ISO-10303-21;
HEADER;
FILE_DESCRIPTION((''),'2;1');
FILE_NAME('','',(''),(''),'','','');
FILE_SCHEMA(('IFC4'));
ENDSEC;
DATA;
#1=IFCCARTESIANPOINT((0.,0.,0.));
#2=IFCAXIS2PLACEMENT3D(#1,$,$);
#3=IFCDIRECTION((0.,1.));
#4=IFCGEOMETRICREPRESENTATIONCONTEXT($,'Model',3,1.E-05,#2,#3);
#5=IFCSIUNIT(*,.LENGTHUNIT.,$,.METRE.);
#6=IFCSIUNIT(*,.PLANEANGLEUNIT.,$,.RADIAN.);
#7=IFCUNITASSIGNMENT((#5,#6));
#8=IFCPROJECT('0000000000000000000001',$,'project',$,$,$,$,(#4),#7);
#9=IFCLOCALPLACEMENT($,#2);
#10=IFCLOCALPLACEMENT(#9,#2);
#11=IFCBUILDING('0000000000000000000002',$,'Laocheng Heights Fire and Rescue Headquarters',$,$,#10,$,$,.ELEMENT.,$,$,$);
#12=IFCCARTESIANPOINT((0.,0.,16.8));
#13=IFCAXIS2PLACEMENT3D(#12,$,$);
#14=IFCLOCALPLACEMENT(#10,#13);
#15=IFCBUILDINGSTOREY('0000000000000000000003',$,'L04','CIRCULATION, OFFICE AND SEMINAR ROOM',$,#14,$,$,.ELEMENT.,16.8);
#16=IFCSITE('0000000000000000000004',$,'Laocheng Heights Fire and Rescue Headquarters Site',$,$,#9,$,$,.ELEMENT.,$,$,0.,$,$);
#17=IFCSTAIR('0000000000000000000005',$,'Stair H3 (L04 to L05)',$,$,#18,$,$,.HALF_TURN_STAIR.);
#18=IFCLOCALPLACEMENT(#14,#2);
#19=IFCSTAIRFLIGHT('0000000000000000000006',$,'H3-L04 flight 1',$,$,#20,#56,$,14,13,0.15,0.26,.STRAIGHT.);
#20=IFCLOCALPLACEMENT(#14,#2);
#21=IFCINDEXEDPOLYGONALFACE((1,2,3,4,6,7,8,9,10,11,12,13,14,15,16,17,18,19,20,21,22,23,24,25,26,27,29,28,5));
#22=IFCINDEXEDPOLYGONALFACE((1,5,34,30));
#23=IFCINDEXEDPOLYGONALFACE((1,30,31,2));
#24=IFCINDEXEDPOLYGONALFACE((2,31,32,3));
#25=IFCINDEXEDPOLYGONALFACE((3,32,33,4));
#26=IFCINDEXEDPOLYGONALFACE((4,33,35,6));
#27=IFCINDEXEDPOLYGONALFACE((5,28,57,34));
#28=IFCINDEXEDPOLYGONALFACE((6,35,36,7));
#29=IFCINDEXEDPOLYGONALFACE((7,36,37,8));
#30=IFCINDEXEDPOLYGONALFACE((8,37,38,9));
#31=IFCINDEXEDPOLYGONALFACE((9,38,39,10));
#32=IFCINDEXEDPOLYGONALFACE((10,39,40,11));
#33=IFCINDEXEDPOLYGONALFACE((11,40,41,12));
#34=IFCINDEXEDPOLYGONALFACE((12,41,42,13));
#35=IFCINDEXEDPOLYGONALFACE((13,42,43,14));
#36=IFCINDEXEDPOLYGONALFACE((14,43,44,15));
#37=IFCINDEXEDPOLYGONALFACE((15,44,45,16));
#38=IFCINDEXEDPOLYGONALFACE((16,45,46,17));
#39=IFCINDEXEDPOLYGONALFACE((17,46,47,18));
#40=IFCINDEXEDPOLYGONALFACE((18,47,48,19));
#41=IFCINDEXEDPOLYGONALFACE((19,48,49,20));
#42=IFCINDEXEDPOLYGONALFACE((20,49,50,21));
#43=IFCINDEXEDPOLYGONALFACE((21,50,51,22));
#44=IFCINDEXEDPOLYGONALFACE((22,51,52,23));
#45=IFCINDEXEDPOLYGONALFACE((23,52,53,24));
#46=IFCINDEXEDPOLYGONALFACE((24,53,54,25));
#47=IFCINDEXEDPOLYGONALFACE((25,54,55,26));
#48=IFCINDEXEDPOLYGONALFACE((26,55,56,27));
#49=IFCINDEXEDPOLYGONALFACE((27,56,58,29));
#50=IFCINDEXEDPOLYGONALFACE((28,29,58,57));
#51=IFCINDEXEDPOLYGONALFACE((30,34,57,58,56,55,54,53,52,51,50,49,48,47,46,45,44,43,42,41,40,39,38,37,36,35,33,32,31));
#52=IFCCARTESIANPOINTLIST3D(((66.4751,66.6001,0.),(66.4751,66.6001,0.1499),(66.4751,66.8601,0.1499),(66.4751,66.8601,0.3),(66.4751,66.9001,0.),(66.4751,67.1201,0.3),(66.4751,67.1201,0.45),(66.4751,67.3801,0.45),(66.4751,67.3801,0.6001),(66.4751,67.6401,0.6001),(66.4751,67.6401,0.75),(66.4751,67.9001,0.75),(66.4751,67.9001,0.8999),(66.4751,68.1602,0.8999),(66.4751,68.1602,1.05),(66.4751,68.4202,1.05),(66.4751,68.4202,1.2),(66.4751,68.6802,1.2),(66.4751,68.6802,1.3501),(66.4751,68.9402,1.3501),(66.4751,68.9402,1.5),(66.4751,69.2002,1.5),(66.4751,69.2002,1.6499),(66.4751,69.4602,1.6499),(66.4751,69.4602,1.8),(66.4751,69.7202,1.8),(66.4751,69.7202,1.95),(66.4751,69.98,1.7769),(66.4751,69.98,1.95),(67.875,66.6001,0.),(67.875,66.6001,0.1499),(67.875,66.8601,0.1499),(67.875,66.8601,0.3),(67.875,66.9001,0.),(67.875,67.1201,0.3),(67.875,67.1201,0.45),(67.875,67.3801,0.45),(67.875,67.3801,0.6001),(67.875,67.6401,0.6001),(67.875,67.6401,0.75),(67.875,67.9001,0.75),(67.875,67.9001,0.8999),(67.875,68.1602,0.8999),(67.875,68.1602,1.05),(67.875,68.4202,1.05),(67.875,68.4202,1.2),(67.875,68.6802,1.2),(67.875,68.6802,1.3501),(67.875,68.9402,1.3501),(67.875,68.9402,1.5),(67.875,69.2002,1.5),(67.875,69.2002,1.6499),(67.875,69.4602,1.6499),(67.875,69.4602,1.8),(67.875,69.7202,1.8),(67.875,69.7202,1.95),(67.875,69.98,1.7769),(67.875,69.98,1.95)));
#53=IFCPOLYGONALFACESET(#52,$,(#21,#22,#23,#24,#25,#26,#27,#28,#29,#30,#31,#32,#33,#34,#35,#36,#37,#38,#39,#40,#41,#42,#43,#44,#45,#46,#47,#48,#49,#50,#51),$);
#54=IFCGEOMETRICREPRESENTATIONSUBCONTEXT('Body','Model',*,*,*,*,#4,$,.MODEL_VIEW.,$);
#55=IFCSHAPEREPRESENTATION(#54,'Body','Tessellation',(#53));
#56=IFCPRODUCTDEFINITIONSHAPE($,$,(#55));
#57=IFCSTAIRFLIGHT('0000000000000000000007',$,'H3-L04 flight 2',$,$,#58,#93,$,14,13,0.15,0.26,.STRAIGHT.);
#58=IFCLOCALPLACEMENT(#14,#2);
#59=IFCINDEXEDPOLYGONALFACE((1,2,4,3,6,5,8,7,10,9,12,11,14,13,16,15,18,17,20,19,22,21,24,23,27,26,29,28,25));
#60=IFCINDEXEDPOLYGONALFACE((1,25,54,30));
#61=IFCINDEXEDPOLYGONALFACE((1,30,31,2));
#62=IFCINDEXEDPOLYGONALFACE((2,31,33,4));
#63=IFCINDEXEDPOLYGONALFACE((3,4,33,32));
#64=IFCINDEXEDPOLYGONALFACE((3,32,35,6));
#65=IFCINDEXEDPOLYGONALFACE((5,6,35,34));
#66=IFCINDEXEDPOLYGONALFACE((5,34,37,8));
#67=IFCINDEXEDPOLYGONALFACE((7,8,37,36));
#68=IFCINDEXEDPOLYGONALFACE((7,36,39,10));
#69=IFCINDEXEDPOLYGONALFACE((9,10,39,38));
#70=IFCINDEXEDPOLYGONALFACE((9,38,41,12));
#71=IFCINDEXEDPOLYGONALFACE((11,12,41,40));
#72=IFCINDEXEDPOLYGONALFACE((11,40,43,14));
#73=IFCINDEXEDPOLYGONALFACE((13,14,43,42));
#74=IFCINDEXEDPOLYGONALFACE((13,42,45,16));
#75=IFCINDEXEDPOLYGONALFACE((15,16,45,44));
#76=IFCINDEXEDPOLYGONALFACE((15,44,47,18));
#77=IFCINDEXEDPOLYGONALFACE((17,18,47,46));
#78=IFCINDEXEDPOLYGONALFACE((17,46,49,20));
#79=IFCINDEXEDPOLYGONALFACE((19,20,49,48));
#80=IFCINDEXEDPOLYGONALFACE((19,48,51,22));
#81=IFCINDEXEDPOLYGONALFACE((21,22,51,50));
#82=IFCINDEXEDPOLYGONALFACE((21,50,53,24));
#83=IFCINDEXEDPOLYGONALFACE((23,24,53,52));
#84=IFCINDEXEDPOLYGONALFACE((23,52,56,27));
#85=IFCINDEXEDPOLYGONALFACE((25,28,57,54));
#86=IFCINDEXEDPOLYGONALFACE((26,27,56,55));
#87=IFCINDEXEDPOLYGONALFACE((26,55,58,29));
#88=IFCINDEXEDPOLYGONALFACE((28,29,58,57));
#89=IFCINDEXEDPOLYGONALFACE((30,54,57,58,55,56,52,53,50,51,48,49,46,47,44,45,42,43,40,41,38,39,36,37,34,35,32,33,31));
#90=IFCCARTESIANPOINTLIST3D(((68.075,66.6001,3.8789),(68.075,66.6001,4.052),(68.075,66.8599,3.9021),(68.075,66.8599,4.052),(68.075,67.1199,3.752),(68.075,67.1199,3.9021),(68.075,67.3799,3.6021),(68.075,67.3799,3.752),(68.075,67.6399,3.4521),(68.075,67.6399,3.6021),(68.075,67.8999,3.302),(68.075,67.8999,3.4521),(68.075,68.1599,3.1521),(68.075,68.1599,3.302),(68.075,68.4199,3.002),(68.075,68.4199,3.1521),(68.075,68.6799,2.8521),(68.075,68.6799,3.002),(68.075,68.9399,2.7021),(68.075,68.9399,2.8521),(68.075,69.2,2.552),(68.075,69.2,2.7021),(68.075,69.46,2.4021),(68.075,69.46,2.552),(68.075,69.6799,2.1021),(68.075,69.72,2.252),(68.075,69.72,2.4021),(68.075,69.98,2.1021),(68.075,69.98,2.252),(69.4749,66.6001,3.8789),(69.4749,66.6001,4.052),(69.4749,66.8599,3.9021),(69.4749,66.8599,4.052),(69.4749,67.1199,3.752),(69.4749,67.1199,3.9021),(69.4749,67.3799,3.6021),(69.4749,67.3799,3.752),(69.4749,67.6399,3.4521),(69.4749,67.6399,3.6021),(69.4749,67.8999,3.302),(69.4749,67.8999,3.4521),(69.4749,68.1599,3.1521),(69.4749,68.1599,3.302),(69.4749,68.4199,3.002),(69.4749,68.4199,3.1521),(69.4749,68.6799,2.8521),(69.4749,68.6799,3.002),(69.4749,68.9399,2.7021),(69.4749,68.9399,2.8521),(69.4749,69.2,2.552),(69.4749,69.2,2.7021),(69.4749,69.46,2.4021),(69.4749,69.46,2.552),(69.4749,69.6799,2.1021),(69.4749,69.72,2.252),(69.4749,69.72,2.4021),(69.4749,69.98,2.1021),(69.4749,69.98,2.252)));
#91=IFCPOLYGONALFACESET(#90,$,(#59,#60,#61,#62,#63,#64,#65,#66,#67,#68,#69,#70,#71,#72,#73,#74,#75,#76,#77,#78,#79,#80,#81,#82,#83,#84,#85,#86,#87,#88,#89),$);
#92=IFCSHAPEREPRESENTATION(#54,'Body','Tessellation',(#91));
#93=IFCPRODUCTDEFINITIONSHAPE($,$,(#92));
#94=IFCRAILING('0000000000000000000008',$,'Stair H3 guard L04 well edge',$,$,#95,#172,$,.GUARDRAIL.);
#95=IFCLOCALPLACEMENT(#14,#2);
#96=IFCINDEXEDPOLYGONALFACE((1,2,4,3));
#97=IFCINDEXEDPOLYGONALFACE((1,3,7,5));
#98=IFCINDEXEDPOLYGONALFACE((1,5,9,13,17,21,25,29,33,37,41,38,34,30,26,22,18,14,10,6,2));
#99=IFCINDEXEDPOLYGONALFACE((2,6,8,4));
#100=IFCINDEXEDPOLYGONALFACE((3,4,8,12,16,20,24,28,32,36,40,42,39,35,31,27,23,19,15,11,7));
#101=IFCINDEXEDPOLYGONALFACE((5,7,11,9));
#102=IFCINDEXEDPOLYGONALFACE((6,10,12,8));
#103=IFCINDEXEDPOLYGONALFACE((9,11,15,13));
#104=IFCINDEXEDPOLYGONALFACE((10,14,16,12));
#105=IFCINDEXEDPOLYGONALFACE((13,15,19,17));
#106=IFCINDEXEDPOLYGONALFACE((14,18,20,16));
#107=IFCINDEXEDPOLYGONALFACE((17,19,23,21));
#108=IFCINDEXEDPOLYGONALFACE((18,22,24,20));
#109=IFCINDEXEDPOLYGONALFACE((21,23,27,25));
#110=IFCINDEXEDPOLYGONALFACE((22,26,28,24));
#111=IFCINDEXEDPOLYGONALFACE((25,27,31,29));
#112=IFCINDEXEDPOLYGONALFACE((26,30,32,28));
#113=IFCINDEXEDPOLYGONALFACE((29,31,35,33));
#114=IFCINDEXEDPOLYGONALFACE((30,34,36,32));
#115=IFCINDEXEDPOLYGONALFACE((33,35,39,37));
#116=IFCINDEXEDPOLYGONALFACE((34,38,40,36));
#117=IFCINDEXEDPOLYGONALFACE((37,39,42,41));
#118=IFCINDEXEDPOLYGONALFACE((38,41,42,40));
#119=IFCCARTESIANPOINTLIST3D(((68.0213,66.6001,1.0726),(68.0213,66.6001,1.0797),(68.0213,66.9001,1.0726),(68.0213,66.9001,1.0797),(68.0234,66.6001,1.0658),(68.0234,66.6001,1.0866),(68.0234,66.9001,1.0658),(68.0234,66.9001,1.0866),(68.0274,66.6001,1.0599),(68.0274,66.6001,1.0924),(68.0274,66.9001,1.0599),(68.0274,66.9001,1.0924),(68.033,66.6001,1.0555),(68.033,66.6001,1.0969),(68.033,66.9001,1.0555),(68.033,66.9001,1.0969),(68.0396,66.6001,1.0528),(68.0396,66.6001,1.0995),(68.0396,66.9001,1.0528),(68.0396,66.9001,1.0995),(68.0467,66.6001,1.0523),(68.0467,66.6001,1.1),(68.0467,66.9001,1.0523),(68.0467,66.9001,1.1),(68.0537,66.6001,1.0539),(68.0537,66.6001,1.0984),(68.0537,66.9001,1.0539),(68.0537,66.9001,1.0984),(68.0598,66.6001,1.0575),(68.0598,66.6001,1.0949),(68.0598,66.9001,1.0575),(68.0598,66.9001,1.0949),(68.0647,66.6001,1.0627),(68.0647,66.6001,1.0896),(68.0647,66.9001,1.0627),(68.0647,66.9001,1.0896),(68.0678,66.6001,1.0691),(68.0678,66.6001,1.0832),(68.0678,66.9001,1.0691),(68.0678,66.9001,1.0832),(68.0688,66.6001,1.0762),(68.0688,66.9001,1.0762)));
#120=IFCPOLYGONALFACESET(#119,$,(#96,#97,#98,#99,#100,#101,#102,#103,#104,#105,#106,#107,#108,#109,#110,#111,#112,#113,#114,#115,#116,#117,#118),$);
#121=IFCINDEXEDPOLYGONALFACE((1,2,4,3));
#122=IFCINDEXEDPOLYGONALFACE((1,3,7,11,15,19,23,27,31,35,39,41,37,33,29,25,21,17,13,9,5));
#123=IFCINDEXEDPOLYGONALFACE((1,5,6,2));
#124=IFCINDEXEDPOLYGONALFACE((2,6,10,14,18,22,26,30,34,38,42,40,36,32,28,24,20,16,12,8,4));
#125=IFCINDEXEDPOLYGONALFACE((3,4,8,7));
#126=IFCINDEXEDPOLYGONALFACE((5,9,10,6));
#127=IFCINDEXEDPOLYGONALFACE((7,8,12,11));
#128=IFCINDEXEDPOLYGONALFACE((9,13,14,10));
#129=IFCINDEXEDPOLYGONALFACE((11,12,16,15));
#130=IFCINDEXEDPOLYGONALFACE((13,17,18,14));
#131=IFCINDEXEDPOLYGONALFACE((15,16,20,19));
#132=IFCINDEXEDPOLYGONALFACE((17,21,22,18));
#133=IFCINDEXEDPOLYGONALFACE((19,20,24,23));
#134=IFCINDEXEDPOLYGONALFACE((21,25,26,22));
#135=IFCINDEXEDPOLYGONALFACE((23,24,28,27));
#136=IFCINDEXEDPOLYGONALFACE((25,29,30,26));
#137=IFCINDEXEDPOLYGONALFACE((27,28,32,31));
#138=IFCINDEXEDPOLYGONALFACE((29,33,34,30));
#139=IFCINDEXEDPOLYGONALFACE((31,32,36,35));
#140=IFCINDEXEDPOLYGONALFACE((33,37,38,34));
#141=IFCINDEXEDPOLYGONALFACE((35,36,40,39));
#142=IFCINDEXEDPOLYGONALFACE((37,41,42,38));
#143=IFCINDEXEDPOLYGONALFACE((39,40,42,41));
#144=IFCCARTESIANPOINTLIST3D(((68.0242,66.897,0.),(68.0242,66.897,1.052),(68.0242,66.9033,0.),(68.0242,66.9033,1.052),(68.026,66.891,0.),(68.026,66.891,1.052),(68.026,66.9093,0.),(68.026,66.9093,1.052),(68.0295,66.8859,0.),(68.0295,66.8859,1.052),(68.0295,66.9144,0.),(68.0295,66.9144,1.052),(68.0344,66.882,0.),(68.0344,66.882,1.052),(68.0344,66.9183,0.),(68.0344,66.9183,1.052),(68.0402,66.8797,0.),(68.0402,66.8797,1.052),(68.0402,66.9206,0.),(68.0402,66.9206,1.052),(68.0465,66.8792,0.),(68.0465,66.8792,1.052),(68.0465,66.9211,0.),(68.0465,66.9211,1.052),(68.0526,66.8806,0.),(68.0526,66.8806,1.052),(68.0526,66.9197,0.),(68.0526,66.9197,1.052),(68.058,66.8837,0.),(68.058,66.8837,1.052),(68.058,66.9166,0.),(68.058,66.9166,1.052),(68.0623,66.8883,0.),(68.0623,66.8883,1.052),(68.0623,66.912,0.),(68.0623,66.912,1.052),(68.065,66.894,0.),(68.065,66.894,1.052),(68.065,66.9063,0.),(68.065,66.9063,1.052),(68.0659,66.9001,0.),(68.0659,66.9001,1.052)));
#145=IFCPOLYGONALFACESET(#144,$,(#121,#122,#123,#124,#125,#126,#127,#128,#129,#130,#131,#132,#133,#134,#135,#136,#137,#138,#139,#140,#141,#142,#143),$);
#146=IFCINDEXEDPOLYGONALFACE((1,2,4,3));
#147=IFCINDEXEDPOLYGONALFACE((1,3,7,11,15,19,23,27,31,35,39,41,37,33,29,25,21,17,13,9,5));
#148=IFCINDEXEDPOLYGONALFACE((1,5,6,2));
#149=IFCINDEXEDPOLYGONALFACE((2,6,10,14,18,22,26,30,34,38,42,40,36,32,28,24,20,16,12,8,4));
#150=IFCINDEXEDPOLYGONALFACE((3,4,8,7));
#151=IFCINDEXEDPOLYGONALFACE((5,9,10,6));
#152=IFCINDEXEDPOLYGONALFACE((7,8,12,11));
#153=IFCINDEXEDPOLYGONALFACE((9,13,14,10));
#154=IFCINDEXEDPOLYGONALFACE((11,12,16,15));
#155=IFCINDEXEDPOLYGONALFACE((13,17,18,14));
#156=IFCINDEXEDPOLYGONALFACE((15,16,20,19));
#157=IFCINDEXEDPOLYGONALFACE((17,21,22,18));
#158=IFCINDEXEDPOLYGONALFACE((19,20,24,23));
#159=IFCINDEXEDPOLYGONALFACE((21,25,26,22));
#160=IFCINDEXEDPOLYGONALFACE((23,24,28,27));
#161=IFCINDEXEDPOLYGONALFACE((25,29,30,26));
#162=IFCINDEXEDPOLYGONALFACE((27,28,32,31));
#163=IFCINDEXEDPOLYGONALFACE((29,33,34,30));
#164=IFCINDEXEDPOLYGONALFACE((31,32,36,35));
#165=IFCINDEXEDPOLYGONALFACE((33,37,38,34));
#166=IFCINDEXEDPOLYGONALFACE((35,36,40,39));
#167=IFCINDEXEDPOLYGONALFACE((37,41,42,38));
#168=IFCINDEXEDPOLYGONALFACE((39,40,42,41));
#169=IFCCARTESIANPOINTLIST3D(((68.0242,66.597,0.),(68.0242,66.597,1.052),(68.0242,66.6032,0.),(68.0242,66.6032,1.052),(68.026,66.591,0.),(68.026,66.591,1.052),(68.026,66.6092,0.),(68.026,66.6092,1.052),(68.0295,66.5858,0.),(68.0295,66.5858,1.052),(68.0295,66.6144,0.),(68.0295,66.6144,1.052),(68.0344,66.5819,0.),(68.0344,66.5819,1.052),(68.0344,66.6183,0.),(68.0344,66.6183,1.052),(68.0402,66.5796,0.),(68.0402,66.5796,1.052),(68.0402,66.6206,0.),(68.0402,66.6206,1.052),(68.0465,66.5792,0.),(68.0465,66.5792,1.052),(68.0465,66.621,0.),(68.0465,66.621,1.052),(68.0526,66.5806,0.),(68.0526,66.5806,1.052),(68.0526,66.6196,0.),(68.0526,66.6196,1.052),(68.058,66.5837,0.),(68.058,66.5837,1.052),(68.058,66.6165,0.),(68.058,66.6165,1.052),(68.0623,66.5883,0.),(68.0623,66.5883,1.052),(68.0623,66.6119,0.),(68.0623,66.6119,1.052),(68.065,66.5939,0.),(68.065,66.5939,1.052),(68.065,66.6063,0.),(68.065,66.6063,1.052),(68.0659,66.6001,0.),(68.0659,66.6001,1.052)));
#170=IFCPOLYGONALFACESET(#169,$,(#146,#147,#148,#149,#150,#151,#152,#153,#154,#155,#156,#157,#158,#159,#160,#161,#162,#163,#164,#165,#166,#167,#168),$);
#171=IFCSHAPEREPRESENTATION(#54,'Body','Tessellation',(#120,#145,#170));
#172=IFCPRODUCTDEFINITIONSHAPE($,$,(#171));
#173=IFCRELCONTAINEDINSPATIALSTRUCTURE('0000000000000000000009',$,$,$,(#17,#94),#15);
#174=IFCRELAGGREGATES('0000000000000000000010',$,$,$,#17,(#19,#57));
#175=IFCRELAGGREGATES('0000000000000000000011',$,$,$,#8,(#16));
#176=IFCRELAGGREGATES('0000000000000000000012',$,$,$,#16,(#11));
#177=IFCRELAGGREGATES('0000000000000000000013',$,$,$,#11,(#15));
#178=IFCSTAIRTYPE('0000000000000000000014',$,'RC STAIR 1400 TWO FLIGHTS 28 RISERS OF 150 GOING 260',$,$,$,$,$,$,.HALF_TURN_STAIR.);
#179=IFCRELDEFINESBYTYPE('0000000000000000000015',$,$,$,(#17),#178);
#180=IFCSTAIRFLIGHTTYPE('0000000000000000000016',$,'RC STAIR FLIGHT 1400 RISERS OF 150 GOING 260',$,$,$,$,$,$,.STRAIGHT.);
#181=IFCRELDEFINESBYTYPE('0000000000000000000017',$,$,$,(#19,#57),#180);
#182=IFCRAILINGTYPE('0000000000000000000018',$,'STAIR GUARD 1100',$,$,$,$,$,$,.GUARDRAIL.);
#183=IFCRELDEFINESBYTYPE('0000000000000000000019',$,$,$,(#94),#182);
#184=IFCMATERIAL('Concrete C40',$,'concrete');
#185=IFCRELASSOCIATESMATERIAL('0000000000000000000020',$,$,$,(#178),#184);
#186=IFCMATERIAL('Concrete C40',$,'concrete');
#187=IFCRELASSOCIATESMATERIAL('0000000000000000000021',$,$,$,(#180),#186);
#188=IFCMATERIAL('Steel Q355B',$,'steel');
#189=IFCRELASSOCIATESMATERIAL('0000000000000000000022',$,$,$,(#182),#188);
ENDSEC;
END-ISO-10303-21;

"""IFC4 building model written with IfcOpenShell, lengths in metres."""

from ifc_helpers import new_model, si_unit, direction, frame, origin, origin_2d, place, context, subcontext, project, spatial, polyline, circle, outline, extrude, material, type_object, element, aggregate, save


model = new_model("IFC4")

# Units and contexts
model_context = context("Model", 3, precision=1e-05, world=origin(), true_north=direction((0.0, 1.0)))
body_context = subcontext(model_context, "Body", "Model", "MODEL_VIEW")
ifc_project = project(units=[si_unit("LENGTHUNIT", "METRE"), si_unit("PLANEANGLEUNIT", "RADIAN")], contexts=[model_context])

# Site, building, storey
site_placement = place(None, origin())
site = spatial("IfcSite", under=ifc_project, at=site_placement, Name="Laocheng Heights Fire and Rescue Headquarters Site", CompositionType="ELEMENT", RefElevation=0.0)
building_placement = place(site_placement, origin())
building = spatial("IfcBuilding", under=site, at=building_placement, Name="Laocheng Heights Fire and Rescue Headquarters", CompositionType="ELEMENT")
storey_placement = place(building_placement, frame((0.0, 0.0, 16.8)))
storey = spatial("IfcBuildingStorey", under=building, at=storey_placement, Name="L04", Description="CIRCULATION, OFFICE AND SEMINAR ROOM", CompositionType="ELEMENT", Elevation=16.8)

# Stair, stair flights
ifc_material_1 = material(Name="Concrete C40", Category="concrete")
stair_type = type_object("IfcStairType", Name="RC STAIR 1400 TWO FLIGHTS 28 RISERS OF 150 GOING 260", PredefinedType="HALF_TURN_STAIR", material=ifc_material_1)
stair_placement = place(storey_placement, origin())
stair = element("IfcStair", 1, at=stair_placement, inside=storey, type_object=stair_type, Name="Stair H3 (L04 to L05)", PredefinedType="HALF_TURN_STAIR")
ifc_material_2 = material(Name="Concrete C40", Category="concrete")
stair_flight_type = type_object("IfcStairFlightType", Name="RC STAIR FLIGHT 1400 RISERS OF 150 GOING 260", PredefinedType="STRAIGHT", material=ifc_material_2)
stair_flight_1_placement = place(storey_placement, frame((67.175, 66.6001, 0.0), z_axis=(0.0, 0.0, 1.0), x_axis=(0.0, 1.0, 0.0)))
stair_flight_1 = element("IfcStairFlight", 2, at=stair_flight_1_placement, type_object=stair_flight_type, Name="H3-L04 flight 1", NumberOfRisers=14, NumberOfTreads=13, PredefinedType="STRAIGHT", RiserHeight=0.15, TreadLength=0.26, context=body_context, shape_type="SweptSolid", body=[
    extrude(outline(polyline([(0.0, 0.0), (0.0, 0.1499), (0.26, 0.1499), (0.26, 0.3), (0.52, 0.3), (0.52, 0.45), (0.78, 0.45), (0.78, 0.6001), (1.04, 0.6001), (1.04, 0.75), (1.3, 0.75), (1.3, 0.8999), (1.5601, 0.8999), (1.5601, 1.05), (1.8201, 1.05), (1.8201, 1.2), (2.0801, 1.2), (2.0801, 1.3501), (2.3401, 1.3501), (2.3401, 1.5), (2.6001, 1.5), (2.6001, 1.6499), (2.8601, 1.6499), (2.8601, 1.8), (3.1201, 1.8), (3.1201, 1.95), (3.3799, 1.95), (3.3799, 2.1001), (3.3799, 1.7769), (0.3, 0.0), (0.0, 0.0)])), frame((0.0, 0.7, 0.0), z_axis=(0.0, -1.0, 0.0), x_axis=(1.0, 0.0, 0.0)), (0.0, 0.0, 1.0), 1.3999),
])
stair_flight_2_placement = place(storey_placement, frame((68.7749, 69.98, 2.1021), z_axis=(0.0, 0.0, 1.0), x_axis=(0.0, -1.0, 0.0)))
stair_flight_2 = element("IfcStairFlight", 3, at=stair_flight_2_placement, type_object=stair_flight_type, Name="H3-L04 flight 2", NumberOfRisers=14, NumberOfTreads=13, PredefinedType="STRAIGHT", RiserHeight=0.15, TreadLength=0.26, context=body_context, shape_type="SweptSolid", body=[
    extrude(outline(polyline([(0.0, 0.0), (0.0, 0.1499), (0.26, 0.1499), (0.26, 0.3), (0.52, 0.3), (0.52, 0.45), (0.78, 0.45), (0.78, 0.6001), (1.04, 0.6001), (1.04, 0.75), (1.3, 0.75), (1.3, 0.8999), (1.5601, 0.8999), (1.5601, 1.05), (1.8201, 1.05), (1.8201, 1.2), (2.0801, 1.2), (2.0801, 1.3501), (2.3401, 1.3501), (2.3401, 1.5), (2.6001, 1.5), (2.6001, 1.6499), (2.8601, 1.6499), (2.8601, 1.8), (3.1201, 1.8), (3.1201, 1.95), (3.3799, 1.95), (3.3799, 2.1001), (3.3799, 1.7769), (0.3, 0.0), (0.0, 0.0)])), frame((0.0, 0.7, 0.0), z_axis=(0.0, -1.0, 0.0), x_axis=(1.0, 0.0, 0.0)), (0.0, 0.0, 1.0), 1.3999),
])
aggregate(stair, [stair_flight_1, stair_flight_2])

# Railing
ifc_material_3 = material(Name="Steel Q355B", Category="steel")
railing_type_1 = type_object("IfcRailingType", Name="STAIR GUARD 1100", PredefinedType="GUARDRAIL", material=ifc_material_3)
railing_1_placement = place(storey_placement, frame((68.0449, 66.9001, 0.0)))
element("IfcRailing", 4, at=railing_1_placement, inside=storey, type_object=railing_type_1, Name="Stair H3 guard L04 well edge", PredefinedType="GUARDRAIL", context=body_context, shape_type="SweptSolid", body=[
    extrude(circle(Radius=0.0239, at=origin_2d()), frame((0.0, 0.0, 1.0762), z_axis=(0.0, -1.0, 0.0), x_axis=(1.0, 0.0, 0.0)), (0.0, 0.0, 1.0), 0.3),
    extrude(circle(Radius=0.021, at=origin_2d()), origin(), (0.0, 0.0, 1.0), 1.052),
    extrude(circle(Radius=0.021, at=origin_2d()), frame((0.0, -0.3, 0.0)), (0.0, 0.0, 1.0), 1.052),
])

save(model, "model.ifc")
